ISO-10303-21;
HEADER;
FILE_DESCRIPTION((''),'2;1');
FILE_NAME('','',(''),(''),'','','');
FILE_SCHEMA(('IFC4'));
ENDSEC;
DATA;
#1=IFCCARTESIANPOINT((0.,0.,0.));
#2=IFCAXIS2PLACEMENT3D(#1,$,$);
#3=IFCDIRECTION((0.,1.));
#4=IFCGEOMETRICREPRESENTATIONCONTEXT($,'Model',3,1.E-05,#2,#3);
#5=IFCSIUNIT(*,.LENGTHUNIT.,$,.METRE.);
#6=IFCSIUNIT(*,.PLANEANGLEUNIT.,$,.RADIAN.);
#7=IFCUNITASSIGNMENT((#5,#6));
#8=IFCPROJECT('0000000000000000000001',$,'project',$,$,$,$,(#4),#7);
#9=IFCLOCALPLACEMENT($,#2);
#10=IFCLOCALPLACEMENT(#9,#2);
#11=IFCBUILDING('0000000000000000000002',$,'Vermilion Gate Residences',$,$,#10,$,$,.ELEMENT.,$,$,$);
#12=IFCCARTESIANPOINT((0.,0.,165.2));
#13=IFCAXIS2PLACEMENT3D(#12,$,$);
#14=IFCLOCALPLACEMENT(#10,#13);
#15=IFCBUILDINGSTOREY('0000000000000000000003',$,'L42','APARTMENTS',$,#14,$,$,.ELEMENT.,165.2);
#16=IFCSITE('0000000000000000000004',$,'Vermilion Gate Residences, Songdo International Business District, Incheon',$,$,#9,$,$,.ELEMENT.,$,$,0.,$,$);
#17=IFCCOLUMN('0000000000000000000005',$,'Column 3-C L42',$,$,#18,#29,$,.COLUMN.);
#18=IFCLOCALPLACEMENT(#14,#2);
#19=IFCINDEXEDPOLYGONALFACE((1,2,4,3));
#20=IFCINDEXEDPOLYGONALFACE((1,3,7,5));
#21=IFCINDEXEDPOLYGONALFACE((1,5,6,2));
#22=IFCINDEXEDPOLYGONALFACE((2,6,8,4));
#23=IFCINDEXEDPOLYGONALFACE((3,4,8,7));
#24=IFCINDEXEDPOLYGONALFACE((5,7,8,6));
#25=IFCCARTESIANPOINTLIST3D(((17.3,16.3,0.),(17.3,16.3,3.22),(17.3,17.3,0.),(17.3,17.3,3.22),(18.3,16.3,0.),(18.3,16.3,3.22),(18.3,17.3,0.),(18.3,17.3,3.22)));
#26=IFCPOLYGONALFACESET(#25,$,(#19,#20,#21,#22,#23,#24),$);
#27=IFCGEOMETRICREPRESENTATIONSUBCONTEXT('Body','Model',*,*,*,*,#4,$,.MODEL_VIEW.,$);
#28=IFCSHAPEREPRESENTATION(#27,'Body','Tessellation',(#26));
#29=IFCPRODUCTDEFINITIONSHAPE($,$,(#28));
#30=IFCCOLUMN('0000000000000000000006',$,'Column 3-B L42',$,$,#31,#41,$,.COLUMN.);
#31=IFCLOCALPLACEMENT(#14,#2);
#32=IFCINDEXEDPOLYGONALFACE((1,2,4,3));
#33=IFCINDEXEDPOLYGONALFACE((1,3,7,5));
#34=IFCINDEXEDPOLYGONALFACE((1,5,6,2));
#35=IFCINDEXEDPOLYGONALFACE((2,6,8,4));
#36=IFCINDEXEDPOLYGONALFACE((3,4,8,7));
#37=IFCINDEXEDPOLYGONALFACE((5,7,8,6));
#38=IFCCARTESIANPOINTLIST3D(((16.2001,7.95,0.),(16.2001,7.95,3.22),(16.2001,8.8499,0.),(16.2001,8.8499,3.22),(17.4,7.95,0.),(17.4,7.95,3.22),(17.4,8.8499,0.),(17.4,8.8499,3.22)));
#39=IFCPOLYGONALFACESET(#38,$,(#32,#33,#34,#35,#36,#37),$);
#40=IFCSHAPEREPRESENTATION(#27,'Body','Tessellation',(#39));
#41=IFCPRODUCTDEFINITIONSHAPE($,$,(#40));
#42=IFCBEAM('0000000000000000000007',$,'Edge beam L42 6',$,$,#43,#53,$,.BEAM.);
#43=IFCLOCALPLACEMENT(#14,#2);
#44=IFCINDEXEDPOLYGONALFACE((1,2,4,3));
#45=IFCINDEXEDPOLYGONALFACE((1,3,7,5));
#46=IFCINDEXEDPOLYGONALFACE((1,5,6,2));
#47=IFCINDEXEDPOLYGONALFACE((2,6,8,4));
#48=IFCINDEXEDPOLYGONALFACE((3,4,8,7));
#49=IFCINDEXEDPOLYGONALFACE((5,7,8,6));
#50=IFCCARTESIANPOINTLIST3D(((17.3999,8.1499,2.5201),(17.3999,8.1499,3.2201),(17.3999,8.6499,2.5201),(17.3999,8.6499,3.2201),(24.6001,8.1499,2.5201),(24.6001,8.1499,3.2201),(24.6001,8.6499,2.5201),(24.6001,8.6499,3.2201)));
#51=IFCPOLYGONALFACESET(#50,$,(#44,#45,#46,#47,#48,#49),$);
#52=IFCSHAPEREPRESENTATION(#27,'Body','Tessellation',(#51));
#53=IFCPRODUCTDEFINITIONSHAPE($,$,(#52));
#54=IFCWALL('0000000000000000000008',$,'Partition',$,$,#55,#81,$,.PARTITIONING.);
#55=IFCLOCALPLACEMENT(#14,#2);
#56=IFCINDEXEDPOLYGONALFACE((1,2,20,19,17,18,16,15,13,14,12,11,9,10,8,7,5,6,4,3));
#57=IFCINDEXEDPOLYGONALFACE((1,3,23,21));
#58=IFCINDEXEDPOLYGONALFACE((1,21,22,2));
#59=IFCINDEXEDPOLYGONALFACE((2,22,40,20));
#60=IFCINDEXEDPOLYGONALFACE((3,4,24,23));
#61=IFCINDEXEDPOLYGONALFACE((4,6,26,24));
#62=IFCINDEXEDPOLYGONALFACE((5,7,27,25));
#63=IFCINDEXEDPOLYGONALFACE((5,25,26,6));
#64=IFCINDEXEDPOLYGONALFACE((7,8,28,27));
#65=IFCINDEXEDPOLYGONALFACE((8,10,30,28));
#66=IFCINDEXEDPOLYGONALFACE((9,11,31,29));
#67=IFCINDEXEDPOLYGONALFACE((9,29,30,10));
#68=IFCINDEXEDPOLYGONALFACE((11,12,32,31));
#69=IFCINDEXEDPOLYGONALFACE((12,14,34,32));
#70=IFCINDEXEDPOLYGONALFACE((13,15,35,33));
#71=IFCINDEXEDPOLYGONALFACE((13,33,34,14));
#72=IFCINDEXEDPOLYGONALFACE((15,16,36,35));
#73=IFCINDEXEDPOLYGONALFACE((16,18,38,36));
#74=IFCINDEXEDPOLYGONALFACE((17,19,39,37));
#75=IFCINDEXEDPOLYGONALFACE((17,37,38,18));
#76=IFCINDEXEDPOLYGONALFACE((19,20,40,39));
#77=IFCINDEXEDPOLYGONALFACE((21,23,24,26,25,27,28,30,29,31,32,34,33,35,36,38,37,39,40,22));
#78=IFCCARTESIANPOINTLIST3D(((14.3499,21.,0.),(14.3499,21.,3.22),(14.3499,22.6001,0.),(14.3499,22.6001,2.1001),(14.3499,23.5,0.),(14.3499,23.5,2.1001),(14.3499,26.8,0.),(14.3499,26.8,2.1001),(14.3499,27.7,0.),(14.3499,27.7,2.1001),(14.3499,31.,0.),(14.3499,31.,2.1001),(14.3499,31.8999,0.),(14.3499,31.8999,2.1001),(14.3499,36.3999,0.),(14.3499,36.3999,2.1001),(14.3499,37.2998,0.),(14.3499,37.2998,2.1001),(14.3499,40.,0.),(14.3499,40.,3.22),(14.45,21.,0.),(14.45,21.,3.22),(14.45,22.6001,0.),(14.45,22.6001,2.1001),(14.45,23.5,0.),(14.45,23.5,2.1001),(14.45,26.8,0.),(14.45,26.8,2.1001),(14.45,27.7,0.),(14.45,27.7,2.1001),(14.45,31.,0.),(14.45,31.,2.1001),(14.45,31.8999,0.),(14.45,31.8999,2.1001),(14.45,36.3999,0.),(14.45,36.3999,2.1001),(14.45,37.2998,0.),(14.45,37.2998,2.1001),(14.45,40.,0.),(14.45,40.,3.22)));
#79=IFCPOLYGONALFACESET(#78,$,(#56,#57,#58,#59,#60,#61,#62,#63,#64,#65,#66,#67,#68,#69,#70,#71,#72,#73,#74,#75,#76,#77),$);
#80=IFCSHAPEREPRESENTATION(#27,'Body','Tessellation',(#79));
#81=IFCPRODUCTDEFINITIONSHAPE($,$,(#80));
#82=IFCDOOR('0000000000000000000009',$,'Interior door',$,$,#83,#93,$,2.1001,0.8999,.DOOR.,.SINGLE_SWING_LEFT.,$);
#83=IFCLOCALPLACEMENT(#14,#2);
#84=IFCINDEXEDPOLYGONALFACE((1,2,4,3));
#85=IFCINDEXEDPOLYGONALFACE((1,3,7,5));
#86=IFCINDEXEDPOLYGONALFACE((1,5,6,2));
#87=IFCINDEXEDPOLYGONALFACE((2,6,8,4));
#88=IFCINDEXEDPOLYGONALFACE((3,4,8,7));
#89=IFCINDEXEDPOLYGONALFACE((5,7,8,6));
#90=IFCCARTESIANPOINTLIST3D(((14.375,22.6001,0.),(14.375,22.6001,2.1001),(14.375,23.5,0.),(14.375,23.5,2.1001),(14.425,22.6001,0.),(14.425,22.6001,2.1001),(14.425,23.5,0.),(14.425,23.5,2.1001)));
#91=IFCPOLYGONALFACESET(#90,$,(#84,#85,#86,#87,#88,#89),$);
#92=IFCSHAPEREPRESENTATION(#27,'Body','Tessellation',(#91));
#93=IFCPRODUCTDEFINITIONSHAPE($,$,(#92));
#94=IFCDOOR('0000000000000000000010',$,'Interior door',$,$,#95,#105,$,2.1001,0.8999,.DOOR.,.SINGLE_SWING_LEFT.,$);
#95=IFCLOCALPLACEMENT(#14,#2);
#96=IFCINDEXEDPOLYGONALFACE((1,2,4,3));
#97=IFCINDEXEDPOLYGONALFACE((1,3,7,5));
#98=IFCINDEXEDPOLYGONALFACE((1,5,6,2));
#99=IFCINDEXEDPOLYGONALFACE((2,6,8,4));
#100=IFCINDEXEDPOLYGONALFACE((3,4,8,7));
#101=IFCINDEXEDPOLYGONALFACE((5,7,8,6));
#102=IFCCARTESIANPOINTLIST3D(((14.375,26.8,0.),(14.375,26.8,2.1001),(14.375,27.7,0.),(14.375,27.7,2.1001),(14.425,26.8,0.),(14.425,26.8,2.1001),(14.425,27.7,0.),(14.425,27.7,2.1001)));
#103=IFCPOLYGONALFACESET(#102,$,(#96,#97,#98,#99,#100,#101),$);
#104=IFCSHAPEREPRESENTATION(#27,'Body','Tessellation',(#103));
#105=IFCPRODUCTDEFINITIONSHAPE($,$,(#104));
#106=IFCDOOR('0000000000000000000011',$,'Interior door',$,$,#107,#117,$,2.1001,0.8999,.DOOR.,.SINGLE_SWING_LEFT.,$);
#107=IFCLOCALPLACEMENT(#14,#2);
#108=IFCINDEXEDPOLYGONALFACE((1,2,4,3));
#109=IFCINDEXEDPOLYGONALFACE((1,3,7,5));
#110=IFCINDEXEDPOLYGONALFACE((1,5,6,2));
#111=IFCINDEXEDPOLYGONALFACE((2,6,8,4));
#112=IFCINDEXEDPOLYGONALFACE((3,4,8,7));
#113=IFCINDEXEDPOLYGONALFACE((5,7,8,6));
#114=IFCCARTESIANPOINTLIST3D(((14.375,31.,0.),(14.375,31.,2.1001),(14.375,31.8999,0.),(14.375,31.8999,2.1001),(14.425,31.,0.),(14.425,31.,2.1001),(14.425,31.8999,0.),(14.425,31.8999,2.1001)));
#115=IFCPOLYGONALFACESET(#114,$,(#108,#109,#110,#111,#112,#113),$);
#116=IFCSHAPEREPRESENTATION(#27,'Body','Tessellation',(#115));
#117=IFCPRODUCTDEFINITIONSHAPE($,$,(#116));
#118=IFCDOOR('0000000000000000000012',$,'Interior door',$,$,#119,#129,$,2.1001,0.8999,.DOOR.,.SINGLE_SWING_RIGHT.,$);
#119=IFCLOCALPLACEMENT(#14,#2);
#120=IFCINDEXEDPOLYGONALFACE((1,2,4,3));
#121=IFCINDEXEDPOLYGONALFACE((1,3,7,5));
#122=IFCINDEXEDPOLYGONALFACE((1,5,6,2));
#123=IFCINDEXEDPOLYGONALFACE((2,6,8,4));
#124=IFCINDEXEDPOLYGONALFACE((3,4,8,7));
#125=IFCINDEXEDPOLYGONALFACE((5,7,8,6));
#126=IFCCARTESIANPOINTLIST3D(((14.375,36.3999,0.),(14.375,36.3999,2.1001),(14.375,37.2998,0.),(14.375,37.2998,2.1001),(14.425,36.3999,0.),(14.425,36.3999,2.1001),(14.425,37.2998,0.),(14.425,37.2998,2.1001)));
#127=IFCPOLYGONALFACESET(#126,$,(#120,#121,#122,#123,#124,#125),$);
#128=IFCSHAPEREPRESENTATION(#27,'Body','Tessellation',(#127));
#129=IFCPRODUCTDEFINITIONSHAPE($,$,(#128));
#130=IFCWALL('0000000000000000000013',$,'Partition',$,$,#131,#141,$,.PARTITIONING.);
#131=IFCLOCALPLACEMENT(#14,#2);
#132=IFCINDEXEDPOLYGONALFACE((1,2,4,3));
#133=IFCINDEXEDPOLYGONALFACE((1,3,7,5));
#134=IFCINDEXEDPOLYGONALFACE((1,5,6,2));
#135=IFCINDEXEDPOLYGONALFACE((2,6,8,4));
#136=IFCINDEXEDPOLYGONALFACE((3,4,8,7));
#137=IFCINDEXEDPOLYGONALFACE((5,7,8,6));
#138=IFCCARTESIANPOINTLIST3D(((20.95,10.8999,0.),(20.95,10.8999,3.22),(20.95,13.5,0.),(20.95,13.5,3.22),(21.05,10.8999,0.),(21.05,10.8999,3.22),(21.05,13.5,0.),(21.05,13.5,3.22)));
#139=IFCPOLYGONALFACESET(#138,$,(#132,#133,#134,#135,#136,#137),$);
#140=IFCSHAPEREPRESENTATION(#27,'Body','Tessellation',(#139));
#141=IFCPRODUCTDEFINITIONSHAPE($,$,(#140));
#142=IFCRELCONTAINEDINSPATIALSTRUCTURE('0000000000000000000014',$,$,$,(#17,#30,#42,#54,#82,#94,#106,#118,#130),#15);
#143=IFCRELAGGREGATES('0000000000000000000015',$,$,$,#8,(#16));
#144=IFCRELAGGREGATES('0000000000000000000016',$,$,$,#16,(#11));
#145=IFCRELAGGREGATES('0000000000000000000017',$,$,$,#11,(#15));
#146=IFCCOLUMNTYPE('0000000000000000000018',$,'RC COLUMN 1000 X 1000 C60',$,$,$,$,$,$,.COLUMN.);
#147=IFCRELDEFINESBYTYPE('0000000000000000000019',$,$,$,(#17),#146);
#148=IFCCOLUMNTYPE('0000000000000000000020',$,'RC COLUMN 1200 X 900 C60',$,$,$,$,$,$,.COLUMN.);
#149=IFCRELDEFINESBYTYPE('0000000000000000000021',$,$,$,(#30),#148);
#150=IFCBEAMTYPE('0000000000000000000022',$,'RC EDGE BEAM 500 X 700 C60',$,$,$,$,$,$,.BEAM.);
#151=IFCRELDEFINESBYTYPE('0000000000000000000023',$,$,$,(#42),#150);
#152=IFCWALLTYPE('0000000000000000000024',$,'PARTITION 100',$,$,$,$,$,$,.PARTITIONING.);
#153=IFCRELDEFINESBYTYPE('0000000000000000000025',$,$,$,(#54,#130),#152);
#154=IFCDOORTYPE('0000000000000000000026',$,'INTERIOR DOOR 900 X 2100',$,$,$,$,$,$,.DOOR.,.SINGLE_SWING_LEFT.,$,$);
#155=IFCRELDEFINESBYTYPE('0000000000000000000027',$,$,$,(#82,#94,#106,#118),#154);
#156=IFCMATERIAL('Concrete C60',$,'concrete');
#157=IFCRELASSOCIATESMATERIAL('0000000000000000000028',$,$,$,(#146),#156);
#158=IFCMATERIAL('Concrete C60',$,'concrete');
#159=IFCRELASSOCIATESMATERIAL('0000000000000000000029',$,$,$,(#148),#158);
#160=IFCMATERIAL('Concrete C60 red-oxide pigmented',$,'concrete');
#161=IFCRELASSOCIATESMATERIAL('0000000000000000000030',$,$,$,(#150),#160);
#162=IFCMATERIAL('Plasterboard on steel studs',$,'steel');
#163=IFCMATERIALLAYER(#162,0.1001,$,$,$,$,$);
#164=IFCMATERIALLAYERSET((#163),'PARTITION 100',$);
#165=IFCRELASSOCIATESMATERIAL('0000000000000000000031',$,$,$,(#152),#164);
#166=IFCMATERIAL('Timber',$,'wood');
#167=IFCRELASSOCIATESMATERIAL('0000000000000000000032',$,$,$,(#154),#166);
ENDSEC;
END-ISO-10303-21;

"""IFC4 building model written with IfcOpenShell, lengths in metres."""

from ifc_helpers import new_model, si_unit, direction, frame, frame_2d, origin, origin_2d, place, context, subcontext, project, spatial, rectangle, extrude, material, layer, layer_set, material_profile, profile_set, type_object, element, fill, save


model = new_model("IFC4")

# Units and contexts
model_context = context("Model", 3, precision=1e-05, world=origin(), true_north=direction((0.0, 1.0)))
body_context = subcontext(model_context, "Body", "Model", "MODEL_VIEW")
ifc_project = project(units=[si_unit("LENGTHUNIT", "METRE"), si_unit("PLANEANGLEUNIT", "RADIAN")], contexts=[model_context])

# Site, building, storey
site_placement = place(None, origin())
site = spatial("IfcSite", under=ifc_project, at=site_placement, Name="Vermilion Gate Residences, Songdo International Business District, Incheon", CompositionType="ELEMENT", RefElevation=0.0)
building_placement = place(site_placement, origin())
building = spatial("IfcBuilding", under=site, at=building_placement, Name="Vermilion Gate Residences", CompositionType="ELEMENT")
storey_placement = place(building_placement, frame((0.0, 0.0, 165.2)))
storey = spatial("IfcBuildingStorey", under=building, at=storey_placement, Name="L42", Description="APARTMENTS", CompositionType="ELEMENT", Elevation=165.2)

# Columns
ifc_material_1 = material(Name="Concrete C60", Category="concrete")
ifc_material_profile_1 = material_profile(ifc_material_1, rectangle(XDim=1.0, YDim=1.0, at=origin_2d()), Name="RC-1000x1000")
ifc_profile_set_1 = profile_set([ifc_material_profile_1], Name="Concrete C60")
column_type_1 = type_object("IfcColumnType", Name="RC COLUMN 1000 X 1000 C60", PredefinedType="COLUMN", material=ifc_profile_set_1)
column_1_placement = place(storey_placement, frame((17.8, 16.8, 0.0), z_axis=(0.0, 0.0, 1.0), x_axis=(1.0, 0.0, 0.0)))
element("IfcColumn", 1, at=column_1_placement, inside=storey, type_object=column_type_1, Name="Column 3-C L42", PredefinedType="COLUMN", context=body_context, shape_type="SweptSolid", body=[
    extrude(rectangle(XDim=1.0, YDim=1.0, at=origin_2d()), origin(), (0.0, 0.0, 1.0), 3.22),
])
ifc_material_2 = material(Name="Concrete C60", Category="concrete")
ifc_material_profile_2 = material_profile(ifc_material_2, rectangle(XDim=1.2, YDim=0.8999, at=origin_2d()), Name="RC-1200x900")
ifc_profile_set_2 = profile_set([ifc_material_profile_2], Name="Concrete C60")
column_type_2 = type_object("IfcColumnType", Name="RC COLUMN 1200 X 900 C60", PredefinedType="COLUMN", material=ifc_profile_set_2)
column_2_placement = place(storey_placement, frame((16.8, 8.3999, 0.0), z_axis=(0.0, 0.0, 1.0), x_axis=(1.0, 0.0, 0.0)))
element("IfcColumn", 2, at=column_2_placement, inside=storey, type_object=column_type_2, Name="Column 3-B L42", PredefinedType="COLUMN", context=body_context, shape_type="SweptSolid", body=[
    extrude(rectangle(XDim=1.2, YDim=0.8999, at=origin_2d()), origin(), (0.0, 0.0, 1.0), 3.22),
])

# Beam
ifc_material_3 = material(Name="Concrete C60 red-oxide pigmented", Category="concrete")
ifc_material_profile_3 = material_profile(ifc_material_3, rectangle(XDim=0.5, YDim=0.7, at=origin_2d()), Name="RC-500x700")
ifc_profile_set_3 = profile_set([ifc_material_profile_3], Name="Concrete C60 red-oxide pigmented")
beam_type = type_object("IfcBeamType", Name="RC EDGE BEAM 500 X 700 C60", PredefinedType="BEAM", material=ifc_profile_set_3)
beam_placement = place(storey_placement, frame((17.3999, 8.3999, 2.8701), z_axis=(1.0, 0.0, 0.0), x_axis=(0.0, 1.0, 0.0)))
element("IfcBeam", 3, at=beam_placement, inside=storey, type_object=beam_type, Name="Edge beam L42 6", PredefinedType="BEAM", context=body_context, shape_type="SweptSolid", body=[
    extrude(rectangle(XDim=0.5, YDim=0.7, at=origin_2d()), origin(), (0.0, 0.0, 1.0), 7.2002),
])

# Wall, openings, doors
ifc_material_4 = material(Name="Plasterboard on steel studs", Category="steel")
ifc_layer_1 = layer(ifc_material_4, 0.1001)
ifc_layer_set_1 = layer_set([ifc_layer_1], Name="PARTITION 100")
wall_type_1 = type_object("IfcWallType", Name="PARTITION 100", PredefinedType="PARTITIONING", material=ifc_layer_set_1)
wall_1_placement = place(storey_placement, frame((14.3999, 21.0, 0.0), z_axis=(0.0, 0.0, 1.0), x_axis=(0.0, 1.0, 0.0)))
wall_1 = element("IfcWall", 4, at=wall_1_placement, inside=storey, type_object=wall_type_1, Name="Partition", PredefinedType="PARTITIONING", context=body_context, shape_type="SweptSolid", body=[
    extrude(rectangle(XDim=19.0, YDim=0.1001, at=frame_2d((9.5, 0.0))), origin(), (0.0, 0.0, 1.0), 3.22),
])
opening_1_placement = place(wall_1_placement, frame((1.6001, 0.0, 0.0)))
opening_1 = element("IfcOpeningElement", 5, at=opening_1_placement, cuts=wall_1, PredefinedType="OPENING", context=body_context, shape_type="SweptSolid", body=[
    extrude(rectangle(XDim=0.8999, YDim=2.1001, at=frame_2d((0.45, 1.05))), frame((0.0, 0.0601, 0.0), z_axis=(0.0, -1.0, 0.0), x_axis=(1.0, 0.0, 0.0)), (0.0, 0.0, 1.0), 0.1201),
])
opening_2_placement = place(wall_1_placement, frame((5.8, 0.0, 0.0)))
opening_2 = element("IfcOpeningElement", 6, at=opening_2_placement, cuts=wall_1, PredefinedType="OPENING", context=body_context, shape_type="SweptSolid", body=[
    extrude(rectangle(XDim=0.8999, YDim=2.1001, at=frame_2d((0.45, 1.05))), frame((0.0, 0.0601, 0.0), z_axis=(0.0, -1.0, 0.0), x_axis=(1.0, 0.0, 0.0)), (0.0, 0.0, 1.0), 0.1201),
])
opening_3_placement = place(wall_1_placement, frame((10.0, 0.0, 0.0)))
opening_3 = element("IfcOpeningElement", 7, at=opening_3_placement, cuts=wall_1, PredefinedType="OPENING", context=body_context, shape_type="SweptSolid", body=[
    extrude(rectangle(XDim=0.8999, YDim=2.1001, at=frame_2d((0.45, 1.05))), frame((0.0, 0.0601, 0.0), z_axis=(0.0, -1.0, 0.0), x_axis=(1.0, 0.0, 0.0)), (0.0, 0.0, 1.0), 0.1201),
])
opening_4_placement = place(wall_1_placement, frame((15.3999, 0.0, 0.0)))
opening_4 = element("IfcOpeningElement", 8, at=opening_4_placement, cuts=wall_1, PredefinedType="OPENING", context=body_context, shape_type="SweptSolid", body=[
    extrude(rectangle(XDim=0.8999, YDim=2.1001, at=frame_2d((0.45, 1.05))), frame((0.0, 0.0601, 0.0), z_axis=(0.0, -1.0, 0.0), x_axis=(1.0, 0.0, 0.0)), (0.0, 0.0, 1.0), 0.1201),
])
ifc_material_5 = material(Name="Timber", Category="wood")
door_type_1 = type_object("IfcDoorType", Name="INTERIOR DOOR 900 X 2100", OperationType="SINGLE_SWING_LEFT", PredefinedType="DOOR", material=ifc_material_5)
door_1_placement = place(opening_1_placement, origin())
door_1 = element("IfcDoor", 9, at=door_1_placement, inside=storey, type_object=door_type_1, Name="Interior door", OperationType="SINGLE_SWING_LEFT", OverallHeight=2.1001, OverallWidth=0.8999, PredefinedType="DOOR", context=body_context, shape_type="SweptSolid", body=[
    extrude(rectangle(XDim=0.8999, YDim=2.1001, at=frame_2d((0.45, 1.05))), frame((0.0, 0.0249, 0.0), z_axis=(0.0, -1.0, 0.0), x_axis=(1.0, 0.0, 0.0)), (0.0, 0.0, 1.0), 0.05),
])
fill(opening_1, door_1)
door_2_placement = place(opening_2_placement, origin())
door_2 = element("IfcDoor", 10, at=door_2_placement, inside=storey, type_object=door_type_1, Name="Interior door", OperationType="SINGLE_SWING_LEFT", OverallHeight=2.1001, OverallWidth=0.8999, PredefinedType="DOOR", context=body_context, shape_type="SweptSolid", body=[
    extrude(rectangle(XDim=0.8999, YDim=2.1001, at=frame_2d((0.45, 1.05))), frame((0.0, 0.0249, 0.0), z_axis=(0.0, -1.0, 0.0), x_axis=(1.0, 0.0, 0.0)), (0.0, 0.0, 1.0), 0.05),
])
fill(opening_2, door_2)
door_3_placement = place(opening_3_placement, origin())
door_3 = element("IfcDoor", 11, at=door_3_placement, inside=storey, type_object=door_type_1, Name="Interior door", OperationType="SINGLE_SWING_LEFT", OverallHeight=2.1001, OverallWidth=0.8999, PredefinedType="DOOR", context=body_context, shape_type="SweptSolid", body=[
    extrude(rectangle(XDim=0.8999, YDim=2.1001, at=frame_2d((0.45, 1.05))), frame((0.0, 0.0249, 0.0), z_axis=(0.0, -1.0, 0.0), x_axis=(1.0, 0.0, 0.0)), (0.0, 0.0, 1.0), 0.05),
])
fill(opening_3, door_3)
door_4_placement = place(opening_4_placement, origin())
door_4 = element("IfcDoor", 12, at=door_4_placement, inside=storey, type_object=door_type_1, Name="Interior door", OperationType="SINGLE_SWING_RIGHT", OverallHeight=2.1001, OverallWidth=0.8999, PredefinedType="DOOR", context=body_context, shape_type="SweptSolid", body=[
    extrude(rectangle(XDim=0.8999, YDim=2.1001, at=frame_2d((0.45, 1.05))), frame((0.0, 0.0249, 0.0), z_axis=(0.0, -1.0, 0.0), x_axis=(1.0, 0.0, 0.0)), (0.0, 0.0, 1.0), 0.05),
])
fill(opening_4, door_4)

# Wall
wall_2_placement = place(storey_placement, frame((21.0, 10.8999, 0.0), z_axis=(0.0, 0.0, 1.0), x_axis=(0.0, 1.0, 0.0)))
element("IfcWall", 13, at=wall_2_placement, inside=storey, type_object=wall_type_1, Name="Partition", PredefinedType="PARTITIONING", context=body_context, shape_type="SweptSolid", body=[
    extrude(rectangle(XDim=2.6001, YDim=0.1001, at=frame_2d((1.3, 0.0))), origin(), (0.0, 0.0, 1.0), 3.22),
])

save(model, "model.ifc")
